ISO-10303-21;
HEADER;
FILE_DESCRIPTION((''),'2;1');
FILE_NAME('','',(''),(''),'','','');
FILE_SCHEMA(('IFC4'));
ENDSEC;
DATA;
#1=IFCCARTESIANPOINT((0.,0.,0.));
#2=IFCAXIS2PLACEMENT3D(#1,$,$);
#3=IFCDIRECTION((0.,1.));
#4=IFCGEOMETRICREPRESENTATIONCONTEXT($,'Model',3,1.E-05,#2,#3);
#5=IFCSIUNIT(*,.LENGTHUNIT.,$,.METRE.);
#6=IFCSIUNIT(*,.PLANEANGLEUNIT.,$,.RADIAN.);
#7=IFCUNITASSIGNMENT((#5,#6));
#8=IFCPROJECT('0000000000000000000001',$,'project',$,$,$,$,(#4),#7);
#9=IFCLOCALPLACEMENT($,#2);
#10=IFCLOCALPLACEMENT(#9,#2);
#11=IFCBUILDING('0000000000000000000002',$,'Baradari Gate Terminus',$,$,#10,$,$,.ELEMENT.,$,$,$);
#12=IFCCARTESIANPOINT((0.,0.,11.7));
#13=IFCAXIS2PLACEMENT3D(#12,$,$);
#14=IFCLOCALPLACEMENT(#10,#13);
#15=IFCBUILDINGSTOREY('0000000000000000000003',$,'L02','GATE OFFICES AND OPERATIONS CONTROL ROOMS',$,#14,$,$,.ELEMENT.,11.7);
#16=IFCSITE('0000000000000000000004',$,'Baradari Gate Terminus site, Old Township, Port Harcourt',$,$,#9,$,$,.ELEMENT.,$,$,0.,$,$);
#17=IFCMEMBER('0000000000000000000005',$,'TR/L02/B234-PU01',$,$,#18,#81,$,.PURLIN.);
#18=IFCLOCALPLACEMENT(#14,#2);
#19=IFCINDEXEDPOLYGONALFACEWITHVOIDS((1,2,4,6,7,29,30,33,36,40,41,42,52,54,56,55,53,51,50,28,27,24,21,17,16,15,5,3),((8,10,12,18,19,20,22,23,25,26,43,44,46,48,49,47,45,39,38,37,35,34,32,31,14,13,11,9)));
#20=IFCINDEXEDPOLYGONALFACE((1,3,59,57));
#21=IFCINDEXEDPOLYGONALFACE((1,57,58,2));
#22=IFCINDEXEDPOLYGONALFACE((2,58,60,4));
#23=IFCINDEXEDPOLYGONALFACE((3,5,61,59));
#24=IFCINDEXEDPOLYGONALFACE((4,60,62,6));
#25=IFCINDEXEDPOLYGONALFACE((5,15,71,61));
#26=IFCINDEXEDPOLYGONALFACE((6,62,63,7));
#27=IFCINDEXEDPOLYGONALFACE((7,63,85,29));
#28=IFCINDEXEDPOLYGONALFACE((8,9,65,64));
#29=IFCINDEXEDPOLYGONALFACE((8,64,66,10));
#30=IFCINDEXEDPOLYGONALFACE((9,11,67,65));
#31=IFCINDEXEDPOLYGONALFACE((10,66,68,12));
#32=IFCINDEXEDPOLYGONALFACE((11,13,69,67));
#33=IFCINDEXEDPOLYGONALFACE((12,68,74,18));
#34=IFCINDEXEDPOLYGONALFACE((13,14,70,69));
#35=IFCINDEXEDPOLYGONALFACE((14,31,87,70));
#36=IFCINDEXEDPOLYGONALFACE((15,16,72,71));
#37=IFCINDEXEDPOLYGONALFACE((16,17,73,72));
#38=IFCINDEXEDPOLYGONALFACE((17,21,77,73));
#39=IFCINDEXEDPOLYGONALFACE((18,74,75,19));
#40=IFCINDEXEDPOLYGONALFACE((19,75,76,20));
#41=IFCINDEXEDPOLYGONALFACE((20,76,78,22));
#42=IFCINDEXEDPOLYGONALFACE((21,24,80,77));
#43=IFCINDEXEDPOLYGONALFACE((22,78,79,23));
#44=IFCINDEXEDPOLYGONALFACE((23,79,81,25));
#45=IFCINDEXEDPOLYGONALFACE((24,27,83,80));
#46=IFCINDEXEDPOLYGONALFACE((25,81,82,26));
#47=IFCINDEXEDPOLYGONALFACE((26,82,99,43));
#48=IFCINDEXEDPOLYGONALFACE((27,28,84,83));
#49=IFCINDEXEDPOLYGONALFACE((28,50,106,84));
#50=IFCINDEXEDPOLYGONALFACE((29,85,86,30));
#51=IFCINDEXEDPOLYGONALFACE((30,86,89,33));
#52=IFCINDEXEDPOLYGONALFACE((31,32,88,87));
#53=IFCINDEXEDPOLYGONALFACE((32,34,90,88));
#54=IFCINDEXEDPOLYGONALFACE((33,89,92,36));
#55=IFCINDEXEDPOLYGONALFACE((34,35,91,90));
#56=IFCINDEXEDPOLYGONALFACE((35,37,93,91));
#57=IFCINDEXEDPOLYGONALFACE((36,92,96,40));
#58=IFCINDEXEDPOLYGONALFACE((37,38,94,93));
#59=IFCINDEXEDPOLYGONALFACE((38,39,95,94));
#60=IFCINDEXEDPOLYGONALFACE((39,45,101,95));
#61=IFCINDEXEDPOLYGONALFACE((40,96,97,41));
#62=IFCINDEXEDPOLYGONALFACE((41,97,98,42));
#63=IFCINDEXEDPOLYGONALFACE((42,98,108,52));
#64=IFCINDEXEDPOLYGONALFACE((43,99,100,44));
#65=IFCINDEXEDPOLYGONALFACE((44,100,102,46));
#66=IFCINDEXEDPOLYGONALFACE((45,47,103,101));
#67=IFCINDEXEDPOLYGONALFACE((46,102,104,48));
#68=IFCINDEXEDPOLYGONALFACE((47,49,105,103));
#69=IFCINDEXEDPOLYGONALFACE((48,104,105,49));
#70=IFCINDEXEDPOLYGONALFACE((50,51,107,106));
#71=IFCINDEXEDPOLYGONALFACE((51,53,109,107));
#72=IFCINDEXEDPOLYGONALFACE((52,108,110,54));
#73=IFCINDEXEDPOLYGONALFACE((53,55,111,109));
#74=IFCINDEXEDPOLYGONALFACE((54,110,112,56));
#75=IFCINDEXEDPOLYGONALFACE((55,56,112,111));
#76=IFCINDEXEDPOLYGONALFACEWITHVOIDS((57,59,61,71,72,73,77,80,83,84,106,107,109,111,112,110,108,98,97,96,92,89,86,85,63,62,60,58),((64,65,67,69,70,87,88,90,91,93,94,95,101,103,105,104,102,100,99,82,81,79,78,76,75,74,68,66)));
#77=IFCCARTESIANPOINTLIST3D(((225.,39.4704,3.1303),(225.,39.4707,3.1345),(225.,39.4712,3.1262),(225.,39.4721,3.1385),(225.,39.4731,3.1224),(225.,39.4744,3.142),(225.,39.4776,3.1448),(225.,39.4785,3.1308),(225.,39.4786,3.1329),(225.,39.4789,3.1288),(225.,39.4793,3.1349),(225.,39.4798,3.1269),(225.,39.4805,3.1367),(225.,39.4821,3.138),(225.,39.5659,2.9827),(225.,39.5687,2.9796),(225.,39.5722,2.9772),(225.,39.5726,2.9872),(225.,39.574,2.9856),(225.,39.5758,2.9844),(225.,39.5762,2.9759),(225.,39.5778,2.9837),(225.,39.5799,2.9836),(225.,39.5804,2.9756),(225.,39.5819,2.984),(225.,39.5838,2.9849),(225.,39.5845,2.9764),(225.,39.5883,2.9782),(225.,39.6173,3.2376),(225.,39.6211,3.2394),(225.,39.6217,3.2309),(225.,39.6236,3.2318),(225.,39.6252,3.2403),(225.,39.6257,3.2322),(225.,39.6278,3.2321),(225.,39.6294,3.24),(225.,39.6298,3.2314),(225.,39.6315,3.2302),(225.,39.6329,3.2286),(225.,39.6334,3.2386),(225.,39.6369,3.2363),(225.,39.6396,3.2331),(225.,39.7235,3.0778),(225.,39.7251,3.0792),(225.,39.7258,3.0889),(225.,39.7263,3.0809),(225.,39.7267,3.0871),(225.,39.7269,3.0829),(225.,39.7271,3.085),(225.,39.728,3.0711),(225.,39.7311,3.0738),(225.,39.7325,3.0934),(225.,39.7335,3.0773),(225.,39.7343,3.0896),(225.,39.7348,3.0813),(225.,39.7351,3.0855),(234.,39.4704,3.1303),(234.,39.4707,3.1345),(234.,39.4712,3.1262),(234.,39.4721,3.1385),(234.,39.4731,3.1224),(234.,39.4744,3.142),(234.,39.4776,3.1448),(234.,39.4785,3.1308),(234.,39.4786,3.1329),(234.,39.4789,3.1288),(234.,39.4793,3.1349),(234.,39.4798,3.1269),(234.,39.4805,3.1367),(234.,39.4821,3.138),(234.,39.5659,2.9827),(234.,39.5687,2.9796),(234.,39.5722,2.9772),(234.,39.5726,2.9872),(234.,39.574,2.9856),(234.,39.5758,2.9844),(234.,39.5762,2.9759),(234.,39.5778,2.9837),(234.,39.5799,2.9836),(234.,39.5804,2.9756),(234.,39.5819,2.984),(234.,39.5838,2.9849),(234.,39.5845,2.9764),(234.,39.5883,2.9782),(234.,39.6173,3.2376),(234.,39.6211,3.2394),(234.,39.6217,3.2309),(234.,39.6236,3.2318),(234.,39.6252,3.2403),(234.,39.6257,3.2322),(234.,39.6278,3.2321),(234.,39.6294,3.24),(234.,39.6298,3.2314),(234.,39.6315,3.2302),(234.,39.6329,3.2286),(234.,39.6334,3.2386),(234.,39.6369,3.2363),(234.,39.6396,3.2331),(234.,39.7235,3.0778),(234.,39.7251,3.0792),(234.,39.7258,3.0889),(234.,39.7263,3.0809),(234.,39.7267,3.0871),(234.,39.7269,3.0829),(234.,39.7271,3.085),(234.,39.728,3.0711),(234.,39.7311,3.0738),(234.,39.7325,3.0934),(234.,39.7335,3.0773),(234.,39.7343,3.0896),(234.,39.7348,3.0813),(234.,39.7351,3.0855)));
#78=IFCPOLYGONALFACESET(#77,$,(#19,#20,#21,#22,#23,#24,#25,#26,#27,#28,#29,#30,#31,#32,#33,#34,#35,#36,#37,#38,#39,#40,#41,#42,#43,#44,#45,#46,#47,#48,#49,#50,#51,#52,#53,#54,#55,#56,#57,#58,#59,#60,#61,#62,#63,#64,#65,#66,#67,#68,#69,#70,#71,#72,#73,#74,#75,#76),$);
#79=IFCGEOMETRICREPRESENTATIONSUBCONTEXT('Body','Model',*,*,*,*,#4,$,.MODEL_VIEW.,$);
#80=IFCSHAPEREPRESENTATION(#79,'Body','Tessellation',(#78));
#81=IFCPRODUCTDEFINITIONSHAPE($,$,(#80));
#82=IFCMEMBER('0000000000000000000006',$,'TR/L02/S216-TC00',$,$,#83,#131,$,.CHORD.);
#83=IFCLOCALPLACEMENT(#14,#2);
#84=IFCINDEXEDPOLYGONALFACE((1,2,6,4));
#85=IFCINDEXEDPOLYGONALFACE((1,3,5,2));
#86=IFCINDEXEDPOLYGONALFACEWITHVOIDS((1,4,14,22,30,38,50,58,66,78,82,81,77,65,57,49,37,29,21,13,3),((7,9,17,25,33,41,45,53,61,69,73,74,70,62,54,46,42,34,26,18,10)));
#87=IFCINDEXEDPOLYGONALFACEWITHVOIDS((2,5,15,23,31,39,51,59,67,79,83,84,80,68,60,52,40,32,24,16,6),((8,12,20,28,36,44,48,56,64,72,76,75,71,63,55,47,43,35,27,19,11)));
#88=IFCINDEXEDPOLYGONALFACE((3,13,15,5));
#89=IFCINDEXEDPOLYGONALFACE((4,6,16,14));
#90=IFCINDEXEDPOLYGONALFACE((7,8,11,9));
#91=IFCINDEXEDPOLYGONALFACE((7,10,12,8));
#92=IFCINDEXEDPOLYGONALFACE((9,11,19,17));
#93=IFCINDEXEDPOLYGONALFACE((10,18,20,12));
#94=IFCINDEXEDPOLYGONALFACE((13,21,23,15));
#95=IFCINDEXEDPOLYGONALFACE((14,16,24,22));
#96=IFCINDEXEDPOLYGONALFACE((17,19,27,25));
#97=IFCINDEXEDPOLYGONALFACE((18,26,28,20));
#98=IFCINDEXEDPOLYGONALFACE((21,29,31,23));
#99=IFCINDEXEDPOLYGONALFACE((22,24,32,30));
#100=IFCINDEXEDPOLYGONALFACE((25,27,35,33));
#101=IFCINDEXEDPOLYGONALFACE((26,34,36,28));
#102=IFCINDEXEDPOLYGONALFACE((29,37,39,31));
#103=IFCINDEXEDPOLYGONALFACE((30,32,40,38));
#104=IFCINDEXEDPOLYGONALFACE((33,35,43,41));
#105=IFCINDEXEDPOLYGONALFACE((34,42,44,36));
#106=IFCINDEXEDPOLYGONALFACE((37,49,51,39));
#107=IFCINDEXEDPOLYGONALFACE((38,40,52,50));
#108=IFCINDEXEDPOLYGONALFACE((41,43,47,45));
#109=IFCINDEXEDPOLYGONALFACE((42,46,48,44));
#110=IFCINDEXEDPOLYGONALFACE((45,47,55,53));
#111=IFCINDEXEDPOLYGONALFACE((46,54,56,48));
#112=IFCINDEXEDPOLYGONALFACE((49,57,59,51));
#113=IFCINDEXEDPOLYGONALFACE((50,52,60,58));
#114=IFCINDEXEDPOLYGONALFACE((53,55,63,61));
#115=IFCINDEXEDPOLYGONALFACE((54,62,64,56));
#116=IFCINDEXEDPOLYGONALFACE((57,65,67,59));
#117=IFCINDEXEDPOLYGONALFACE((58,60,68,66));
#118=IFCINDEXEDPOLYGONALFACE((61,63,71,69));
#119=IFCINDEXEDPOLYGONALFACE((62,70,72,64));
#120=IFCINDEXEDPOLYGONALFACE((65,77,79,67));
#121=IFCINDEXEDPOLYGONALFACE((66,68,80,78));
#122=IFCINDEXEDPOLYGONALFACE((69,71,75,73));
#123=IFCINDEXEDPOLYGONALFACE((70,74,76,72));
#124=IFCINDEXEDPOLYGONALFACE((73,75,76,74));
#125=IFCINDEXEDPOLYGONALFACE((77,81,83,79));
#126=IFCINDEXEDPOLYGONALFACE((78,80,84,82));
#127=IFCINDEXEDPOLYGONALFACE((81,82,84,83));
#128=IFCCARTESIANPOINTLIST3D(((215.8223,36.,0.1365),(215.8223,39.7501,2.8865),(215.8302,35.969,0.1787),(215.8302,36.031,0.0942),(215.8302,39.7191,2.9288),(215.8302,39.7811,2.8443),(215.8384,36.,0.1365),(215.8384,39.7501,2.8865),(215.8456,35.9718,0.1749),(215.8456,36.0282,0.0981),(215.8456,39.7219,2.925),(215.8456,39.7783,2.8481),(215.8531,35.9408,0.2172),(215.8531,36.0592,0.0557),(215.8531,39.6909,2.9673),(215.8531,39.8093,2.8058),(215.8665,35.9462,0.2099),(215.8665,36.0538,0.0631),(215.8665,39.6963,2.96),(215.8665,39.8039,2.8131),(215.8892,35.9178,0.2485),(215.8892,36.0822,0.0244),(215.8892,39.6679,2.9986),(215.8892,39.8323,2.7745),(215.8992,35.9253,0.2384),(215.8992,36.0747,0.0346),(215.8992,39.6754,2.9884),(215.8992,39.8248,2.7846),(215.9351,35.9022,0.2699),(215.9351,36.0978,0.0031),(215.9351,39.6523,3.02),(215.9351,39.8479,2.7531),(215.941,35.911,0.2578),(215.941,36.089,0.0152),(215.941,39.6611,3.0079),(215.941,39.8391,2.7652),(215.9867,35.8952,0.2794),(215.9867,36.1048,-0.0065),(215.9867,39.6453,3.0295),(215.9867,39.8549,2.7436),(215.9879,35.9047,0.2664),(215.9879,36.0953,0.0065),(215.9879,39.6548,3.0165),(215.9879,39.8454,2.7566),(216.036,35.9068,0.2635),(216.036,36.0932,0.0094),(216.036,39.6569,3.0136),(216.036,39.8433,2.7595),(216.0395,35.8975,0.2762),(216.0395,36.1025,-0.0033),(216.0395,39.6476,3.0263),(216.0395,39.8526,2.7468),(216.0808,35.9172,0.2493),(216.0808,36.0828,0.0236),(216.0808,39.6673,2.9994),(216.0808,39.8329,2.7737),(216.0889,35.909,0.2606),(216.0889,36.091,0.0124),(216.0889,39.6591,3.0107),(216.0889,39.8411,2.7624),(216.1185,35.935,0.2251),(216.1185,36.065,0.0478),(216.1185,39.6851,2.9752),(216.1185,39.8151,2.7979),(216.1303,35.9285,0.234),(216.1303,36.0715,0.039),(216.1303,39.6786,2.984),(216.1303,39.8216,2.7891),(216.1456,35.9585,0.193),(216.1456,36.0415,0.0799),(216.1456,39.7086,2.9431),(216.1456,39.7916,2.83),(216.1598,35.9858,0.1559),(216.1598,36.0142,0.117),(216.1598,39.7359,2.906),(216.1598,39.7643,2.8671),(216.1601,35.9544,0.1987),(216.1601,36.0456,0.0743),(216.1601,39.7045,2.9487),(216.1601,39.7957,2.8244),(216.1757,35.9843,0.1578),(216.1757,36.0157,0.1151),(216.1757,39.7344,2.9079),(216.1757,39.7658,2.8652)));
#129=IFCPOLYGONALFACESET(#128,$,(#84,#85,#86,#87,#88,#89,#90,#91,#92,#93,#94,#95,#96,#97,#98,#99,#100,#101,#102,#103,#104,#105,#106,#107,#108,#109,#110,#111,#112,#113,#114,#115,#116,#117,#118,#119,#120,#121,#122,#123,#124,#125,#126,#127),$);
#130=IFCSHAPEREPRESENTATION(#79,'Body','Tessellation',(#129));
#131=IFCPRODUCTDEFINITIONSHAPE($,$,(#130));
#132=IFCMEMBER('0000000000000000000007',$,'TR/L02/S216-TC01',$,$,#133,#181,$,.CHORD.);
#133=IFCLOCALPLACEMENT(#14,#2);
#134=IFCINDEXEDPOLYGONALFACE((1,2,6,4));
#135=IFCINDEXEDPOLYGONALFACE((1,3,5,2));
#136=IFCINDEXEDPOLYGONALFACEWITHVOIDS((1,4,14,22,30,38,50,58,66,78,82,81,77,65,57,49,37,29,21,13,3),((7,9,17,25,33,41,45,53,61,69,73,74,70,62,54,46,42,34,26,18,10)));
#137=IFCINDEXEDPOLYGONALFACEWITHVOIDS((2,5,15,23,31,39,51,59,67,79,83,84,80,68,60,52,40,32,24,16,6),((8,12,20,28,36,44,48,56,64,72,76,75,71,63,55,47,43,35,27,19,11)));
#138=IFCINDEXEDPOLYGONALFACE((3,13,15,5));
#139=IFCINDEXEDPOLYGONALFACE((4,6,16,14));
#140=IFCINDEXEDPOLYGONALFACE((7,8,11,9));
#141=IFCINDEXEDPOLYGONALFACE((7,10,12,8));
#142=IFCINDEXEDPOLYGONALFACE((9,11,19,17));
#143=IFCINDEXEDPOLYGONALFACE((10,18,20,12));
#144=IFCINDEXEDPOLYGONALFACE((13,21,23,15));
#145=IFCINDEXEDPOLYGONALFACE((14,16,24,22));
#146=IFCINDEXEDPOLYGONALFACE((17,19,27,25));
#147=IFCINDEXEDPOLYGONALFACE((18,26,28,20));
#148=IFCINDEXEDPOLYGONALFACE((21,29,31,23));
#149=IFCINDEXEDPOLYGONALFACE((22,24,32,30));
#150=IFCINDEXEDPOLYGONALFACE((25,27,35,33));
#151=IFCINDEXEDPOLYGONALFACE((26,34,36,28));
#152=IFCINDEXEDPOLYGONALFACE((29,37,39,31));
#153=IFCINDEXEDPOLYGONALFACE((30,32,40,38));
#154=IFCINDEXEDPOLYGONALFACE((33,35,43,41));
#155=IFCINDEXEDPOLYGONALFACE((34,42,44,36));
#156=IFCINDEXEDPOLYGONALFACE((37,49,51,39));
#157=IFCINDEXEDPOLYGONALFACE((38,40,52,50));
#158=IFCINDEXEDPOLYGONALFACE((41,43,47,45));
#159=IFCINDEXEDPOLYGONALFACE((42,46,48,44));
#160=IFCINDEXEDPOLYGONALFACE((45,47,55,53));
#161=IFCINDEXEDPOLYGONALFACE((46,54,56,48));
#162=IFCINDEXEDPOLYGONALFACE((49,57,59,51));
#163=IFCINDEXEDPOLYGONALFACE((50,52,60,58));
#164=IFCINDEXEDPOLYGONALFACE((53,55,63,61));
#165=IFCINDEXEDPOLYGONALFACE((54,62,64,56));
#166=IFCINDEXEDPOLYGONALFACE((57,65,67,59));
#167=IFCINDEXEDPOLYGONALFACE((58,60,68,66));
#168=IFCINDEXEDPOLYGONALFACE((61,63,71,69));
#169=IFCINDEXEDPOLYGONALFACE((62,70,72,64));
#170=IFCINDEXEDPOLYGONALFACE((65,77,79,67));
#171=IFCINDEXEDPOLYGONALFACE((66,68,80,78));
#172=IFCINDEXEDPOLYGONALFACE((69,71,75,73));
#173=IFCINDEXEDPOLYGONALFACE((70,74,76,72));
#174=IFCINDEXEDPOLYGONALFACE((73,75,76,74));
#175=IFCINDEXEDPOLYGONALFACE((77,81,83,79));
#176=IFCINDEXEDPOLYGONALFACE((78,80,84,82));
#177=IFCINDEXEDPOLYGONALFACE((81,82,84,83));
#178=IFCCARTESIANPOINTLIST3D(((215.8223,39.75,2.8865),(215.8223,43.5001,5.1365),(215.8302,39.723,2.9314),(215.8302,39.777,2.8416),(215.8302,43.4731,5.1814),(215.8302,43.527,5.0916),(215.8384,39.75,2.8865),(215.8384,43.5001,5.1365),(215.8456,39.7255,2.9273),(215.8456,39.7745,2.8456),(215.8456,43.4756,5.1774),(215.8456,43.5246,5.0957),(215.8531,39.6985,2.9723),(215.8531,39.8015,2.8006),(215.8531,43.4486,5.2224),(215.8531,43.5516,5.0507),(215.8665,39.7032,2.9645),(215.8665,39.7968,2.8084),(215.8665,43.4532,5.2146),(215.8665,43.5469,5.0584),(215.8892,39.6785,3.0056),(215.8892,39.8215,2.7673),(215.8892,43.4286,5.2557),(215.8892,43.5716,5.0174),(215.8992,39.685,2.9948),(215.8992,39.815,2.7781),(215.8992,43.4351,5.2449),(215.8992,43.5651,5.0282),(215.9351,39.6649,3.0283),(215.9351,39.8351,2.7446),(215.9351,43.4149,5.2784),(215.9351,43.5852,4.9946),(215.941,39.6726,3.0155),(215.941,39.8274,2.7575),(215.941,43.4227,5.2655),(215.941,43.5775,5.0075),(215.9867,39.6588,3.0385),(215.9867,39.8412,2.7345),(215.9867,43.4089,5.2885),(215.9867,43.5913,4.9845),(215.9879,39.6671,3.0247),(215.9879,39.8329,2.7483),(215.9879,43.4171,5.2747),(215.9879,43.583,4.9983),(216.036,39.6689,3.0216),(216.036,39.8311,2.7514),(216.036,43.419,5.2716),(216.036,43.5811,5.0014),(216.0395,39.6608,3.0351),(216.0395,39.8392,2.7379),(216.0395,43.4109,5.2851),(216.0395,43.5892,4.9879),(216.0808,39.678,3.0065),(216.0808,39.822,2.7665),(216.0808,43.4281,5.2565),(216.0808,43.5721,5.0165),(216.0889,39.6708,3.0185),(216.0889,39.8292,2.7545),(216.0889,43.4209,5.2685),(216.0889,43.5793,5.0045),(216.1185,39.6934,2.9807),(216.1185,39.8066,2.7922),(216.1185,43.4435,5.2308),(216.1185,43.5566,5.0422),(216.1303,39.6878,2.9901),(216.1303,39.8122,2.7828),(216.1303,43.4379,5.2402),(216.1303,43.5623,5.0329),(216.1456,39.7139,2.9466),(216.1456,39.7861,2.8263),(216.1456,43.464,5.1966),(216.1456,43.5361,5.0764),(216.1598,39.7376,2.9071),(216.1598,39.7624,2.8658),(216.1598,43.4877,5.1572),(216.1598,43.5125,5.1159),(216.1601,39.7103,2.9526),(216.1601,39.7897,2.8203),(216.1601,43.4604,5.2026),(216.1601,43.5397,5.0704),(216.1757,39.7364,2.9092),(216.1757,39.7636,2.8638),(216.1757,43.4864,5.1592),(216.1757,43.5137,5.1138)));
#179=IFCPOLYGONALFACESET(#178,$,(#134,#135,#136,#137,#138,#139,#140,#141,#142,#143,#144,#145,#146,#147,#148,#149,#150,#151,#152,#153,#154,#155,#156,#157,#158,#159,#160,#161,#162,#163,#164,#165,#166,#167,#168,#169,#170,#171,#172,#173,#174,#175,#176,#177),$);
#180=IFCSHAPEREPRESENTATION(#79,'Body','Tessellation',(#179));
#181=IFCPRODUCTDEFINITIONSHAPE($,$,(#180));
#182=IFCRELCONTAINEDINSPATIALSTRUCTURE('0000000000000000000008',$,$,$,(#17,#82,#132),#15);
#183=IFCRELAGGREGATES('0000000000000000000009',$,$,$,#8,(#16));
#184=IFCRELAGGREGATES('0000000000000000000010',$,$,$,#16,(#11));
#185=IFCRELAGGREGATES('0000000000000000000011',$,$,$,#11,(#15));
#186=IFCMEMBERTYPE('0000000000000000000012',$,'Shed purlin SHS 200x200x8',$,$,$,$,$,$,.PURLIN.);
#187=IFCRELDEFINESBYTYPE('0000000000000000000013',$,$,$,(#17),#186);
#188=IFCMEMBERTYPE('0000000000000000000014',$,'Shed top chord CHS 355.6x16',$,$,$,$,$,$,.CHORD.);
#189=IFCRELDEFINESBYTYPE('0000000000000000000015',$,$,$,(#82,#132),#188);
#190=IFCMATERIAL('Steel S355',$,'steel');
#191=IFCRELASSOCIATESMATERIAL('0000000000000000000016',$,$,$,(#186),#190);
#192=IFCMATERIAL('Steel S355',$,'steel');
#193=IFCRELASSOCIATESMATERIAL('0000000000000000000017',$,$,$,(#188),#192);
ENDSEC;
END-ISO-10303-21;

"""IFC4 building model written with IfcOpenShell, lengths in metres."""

from ifc_helpers import new_model, si_unit, direction, frame, origin, origin_2d, place, context, subcontext, project, spatial, hollow_rectangle, hollow_circle, extrude, material, material_profile, profile_set, type_object, element, save


model = new_model("IFC4")

# Units and contexts
model_context = context("Model", 3, precision=1e-05, world=origin(), true_north=direction((0.0, 1.0)))
body_context = subcontext(model_context, "Body", "Model", "MODEL_VIEW")
ifc_project = project(units=[si_unit("LENGTHUNIT", "METRE"), si_unit("PLANEANGLEUNIT", "RADIAN")], contexts=[model_context])

# Site, building, storey
site_placement = place(None, origin())
site = spatial("IfcSite", under=ifc_project, at=site_placement, Name="Baradari Gate Terminus site, Old Township, Port Harcourt", CompositionType="ELEMENT", RefElevation=0.0)
building_placement = place(site_placement, origin())
building = spatial("IfcBuilding", under=site, at=building_placement, Name="Baradari Gate Terminus", CompositionType="ELEMENT")
storey_placement = place(building_placement, frame((0.0, 0.0, 11.7)))
storey = spatial("IfcBuildingStorey", under=building, at=storey_placement, Name="L02", Description="GATE OFFICES AND OPERATIONS CONTROL ROOMS", CompositionType="ELEMENT", Elevation=11.7)

# Members
ifc_material_1 = material(Name="Steel S355", Category="steel")
ifc_material_profile_1 = material_profile(ifc_material_1, hollow_rectangle(XDim=0.2, YDim=0.2, WallThickness=0.0081, InnerFilletRadius=0.0081, OuterFilletRadius=0.0161, at=origin_2d()), Name="SHS 200x200x8")
ifc_profile_set_1 = profile_set([ifc_material_profile_1], Name="Steel S355")
member_type_1 = type_object("IfcMemberType", Name="Shed purlin SHS 200x200x8", PredefinedType="PURLIN", material=ifc_profile_set_1)
for number, where, z_axis, x_axis, name in (
    (1, (225.0, 39.6028, 3.1079), (1.0, 0.0, 0.0), (0.0, 0.832836, 0.553519), "TR/L02/B234-PU01"),
):
    element("IfcMember", number, at=place(storey_placement, frame(where, z_axis=z_axis, x_axis=x_axis)), inside=storey, type_object=member_type_1, Name=name, PredefinedType="PURLIN", context=body_context, shape_type="SweptSolid", body=[
        extrude(hollow_rectangle(XDim=0.2, YDim=0.2, WallThickness=0.0081, InnerFilletRadius=0.0081, OuterFilletRadius=0.0161, at=origin_2d()), origin(), (0.0, 0.0, 1.0), 9.0),
    ])
ifc_material_2 = material(Name="Steel S355", Category="steel")
ifc_material_profile_2 = material_profile(ifc_material_2, hollow_circle(Radius=0.1777, WallThickness=0.0161, at=origin_2d()), Name="CHS 355.6x16")
ifc_profile_set_2 = profile_set([ifc_material_profile_2], Name="Steel S355")
member_type_2 = type_object("IfcMemberType", Name="Shed top chord CHS 355.6x16", PredefinedType="CHORD", material=ifc_profile_set_2)
member_1_placement = place(storey_placement, frame((216.0, 36.0, 0.1365), z_axis=(0.0, 0.806405, 0.591364), x_axis=(-1.0, 0.0, 0.0)))
element("IfcMember", 2, at=member_1_placement, inside=storey, type_object=member_type_2, Name="TR/L02/S216-TC00", PredefinedType="CHORD", context=body_context, shape_type="SweptSolid", body=[
    extrude(hollow_circle(Radius=0.1777, WallThickness=0.0161, at=origin_2d()), origin(), (0.0, 0.0, 1.0), 4.6504),
])
member_2_placement = place(storey_placement, frame((216.0, 39.75, 2.8865), z_axis=(0.0, 0.857493, 0.514496), x_axis=(-1.0, 0.0, 0.0)))
element("IfcMember", 3, at=member_2_placement, inside=storey, type_object=member_type_2, Name="TR/L02/S216-TC01", PredefinedType="CHORD", context=body_context, shape_type="SweptSolid", body=[
    extrude(hollow_circle(Radius=0.1777, WallThickness=0.0161, at=origin_2d()), origin(), (0.0, 0.0, 1.0), 4.3733),
])

save(model, "model.ifc")
